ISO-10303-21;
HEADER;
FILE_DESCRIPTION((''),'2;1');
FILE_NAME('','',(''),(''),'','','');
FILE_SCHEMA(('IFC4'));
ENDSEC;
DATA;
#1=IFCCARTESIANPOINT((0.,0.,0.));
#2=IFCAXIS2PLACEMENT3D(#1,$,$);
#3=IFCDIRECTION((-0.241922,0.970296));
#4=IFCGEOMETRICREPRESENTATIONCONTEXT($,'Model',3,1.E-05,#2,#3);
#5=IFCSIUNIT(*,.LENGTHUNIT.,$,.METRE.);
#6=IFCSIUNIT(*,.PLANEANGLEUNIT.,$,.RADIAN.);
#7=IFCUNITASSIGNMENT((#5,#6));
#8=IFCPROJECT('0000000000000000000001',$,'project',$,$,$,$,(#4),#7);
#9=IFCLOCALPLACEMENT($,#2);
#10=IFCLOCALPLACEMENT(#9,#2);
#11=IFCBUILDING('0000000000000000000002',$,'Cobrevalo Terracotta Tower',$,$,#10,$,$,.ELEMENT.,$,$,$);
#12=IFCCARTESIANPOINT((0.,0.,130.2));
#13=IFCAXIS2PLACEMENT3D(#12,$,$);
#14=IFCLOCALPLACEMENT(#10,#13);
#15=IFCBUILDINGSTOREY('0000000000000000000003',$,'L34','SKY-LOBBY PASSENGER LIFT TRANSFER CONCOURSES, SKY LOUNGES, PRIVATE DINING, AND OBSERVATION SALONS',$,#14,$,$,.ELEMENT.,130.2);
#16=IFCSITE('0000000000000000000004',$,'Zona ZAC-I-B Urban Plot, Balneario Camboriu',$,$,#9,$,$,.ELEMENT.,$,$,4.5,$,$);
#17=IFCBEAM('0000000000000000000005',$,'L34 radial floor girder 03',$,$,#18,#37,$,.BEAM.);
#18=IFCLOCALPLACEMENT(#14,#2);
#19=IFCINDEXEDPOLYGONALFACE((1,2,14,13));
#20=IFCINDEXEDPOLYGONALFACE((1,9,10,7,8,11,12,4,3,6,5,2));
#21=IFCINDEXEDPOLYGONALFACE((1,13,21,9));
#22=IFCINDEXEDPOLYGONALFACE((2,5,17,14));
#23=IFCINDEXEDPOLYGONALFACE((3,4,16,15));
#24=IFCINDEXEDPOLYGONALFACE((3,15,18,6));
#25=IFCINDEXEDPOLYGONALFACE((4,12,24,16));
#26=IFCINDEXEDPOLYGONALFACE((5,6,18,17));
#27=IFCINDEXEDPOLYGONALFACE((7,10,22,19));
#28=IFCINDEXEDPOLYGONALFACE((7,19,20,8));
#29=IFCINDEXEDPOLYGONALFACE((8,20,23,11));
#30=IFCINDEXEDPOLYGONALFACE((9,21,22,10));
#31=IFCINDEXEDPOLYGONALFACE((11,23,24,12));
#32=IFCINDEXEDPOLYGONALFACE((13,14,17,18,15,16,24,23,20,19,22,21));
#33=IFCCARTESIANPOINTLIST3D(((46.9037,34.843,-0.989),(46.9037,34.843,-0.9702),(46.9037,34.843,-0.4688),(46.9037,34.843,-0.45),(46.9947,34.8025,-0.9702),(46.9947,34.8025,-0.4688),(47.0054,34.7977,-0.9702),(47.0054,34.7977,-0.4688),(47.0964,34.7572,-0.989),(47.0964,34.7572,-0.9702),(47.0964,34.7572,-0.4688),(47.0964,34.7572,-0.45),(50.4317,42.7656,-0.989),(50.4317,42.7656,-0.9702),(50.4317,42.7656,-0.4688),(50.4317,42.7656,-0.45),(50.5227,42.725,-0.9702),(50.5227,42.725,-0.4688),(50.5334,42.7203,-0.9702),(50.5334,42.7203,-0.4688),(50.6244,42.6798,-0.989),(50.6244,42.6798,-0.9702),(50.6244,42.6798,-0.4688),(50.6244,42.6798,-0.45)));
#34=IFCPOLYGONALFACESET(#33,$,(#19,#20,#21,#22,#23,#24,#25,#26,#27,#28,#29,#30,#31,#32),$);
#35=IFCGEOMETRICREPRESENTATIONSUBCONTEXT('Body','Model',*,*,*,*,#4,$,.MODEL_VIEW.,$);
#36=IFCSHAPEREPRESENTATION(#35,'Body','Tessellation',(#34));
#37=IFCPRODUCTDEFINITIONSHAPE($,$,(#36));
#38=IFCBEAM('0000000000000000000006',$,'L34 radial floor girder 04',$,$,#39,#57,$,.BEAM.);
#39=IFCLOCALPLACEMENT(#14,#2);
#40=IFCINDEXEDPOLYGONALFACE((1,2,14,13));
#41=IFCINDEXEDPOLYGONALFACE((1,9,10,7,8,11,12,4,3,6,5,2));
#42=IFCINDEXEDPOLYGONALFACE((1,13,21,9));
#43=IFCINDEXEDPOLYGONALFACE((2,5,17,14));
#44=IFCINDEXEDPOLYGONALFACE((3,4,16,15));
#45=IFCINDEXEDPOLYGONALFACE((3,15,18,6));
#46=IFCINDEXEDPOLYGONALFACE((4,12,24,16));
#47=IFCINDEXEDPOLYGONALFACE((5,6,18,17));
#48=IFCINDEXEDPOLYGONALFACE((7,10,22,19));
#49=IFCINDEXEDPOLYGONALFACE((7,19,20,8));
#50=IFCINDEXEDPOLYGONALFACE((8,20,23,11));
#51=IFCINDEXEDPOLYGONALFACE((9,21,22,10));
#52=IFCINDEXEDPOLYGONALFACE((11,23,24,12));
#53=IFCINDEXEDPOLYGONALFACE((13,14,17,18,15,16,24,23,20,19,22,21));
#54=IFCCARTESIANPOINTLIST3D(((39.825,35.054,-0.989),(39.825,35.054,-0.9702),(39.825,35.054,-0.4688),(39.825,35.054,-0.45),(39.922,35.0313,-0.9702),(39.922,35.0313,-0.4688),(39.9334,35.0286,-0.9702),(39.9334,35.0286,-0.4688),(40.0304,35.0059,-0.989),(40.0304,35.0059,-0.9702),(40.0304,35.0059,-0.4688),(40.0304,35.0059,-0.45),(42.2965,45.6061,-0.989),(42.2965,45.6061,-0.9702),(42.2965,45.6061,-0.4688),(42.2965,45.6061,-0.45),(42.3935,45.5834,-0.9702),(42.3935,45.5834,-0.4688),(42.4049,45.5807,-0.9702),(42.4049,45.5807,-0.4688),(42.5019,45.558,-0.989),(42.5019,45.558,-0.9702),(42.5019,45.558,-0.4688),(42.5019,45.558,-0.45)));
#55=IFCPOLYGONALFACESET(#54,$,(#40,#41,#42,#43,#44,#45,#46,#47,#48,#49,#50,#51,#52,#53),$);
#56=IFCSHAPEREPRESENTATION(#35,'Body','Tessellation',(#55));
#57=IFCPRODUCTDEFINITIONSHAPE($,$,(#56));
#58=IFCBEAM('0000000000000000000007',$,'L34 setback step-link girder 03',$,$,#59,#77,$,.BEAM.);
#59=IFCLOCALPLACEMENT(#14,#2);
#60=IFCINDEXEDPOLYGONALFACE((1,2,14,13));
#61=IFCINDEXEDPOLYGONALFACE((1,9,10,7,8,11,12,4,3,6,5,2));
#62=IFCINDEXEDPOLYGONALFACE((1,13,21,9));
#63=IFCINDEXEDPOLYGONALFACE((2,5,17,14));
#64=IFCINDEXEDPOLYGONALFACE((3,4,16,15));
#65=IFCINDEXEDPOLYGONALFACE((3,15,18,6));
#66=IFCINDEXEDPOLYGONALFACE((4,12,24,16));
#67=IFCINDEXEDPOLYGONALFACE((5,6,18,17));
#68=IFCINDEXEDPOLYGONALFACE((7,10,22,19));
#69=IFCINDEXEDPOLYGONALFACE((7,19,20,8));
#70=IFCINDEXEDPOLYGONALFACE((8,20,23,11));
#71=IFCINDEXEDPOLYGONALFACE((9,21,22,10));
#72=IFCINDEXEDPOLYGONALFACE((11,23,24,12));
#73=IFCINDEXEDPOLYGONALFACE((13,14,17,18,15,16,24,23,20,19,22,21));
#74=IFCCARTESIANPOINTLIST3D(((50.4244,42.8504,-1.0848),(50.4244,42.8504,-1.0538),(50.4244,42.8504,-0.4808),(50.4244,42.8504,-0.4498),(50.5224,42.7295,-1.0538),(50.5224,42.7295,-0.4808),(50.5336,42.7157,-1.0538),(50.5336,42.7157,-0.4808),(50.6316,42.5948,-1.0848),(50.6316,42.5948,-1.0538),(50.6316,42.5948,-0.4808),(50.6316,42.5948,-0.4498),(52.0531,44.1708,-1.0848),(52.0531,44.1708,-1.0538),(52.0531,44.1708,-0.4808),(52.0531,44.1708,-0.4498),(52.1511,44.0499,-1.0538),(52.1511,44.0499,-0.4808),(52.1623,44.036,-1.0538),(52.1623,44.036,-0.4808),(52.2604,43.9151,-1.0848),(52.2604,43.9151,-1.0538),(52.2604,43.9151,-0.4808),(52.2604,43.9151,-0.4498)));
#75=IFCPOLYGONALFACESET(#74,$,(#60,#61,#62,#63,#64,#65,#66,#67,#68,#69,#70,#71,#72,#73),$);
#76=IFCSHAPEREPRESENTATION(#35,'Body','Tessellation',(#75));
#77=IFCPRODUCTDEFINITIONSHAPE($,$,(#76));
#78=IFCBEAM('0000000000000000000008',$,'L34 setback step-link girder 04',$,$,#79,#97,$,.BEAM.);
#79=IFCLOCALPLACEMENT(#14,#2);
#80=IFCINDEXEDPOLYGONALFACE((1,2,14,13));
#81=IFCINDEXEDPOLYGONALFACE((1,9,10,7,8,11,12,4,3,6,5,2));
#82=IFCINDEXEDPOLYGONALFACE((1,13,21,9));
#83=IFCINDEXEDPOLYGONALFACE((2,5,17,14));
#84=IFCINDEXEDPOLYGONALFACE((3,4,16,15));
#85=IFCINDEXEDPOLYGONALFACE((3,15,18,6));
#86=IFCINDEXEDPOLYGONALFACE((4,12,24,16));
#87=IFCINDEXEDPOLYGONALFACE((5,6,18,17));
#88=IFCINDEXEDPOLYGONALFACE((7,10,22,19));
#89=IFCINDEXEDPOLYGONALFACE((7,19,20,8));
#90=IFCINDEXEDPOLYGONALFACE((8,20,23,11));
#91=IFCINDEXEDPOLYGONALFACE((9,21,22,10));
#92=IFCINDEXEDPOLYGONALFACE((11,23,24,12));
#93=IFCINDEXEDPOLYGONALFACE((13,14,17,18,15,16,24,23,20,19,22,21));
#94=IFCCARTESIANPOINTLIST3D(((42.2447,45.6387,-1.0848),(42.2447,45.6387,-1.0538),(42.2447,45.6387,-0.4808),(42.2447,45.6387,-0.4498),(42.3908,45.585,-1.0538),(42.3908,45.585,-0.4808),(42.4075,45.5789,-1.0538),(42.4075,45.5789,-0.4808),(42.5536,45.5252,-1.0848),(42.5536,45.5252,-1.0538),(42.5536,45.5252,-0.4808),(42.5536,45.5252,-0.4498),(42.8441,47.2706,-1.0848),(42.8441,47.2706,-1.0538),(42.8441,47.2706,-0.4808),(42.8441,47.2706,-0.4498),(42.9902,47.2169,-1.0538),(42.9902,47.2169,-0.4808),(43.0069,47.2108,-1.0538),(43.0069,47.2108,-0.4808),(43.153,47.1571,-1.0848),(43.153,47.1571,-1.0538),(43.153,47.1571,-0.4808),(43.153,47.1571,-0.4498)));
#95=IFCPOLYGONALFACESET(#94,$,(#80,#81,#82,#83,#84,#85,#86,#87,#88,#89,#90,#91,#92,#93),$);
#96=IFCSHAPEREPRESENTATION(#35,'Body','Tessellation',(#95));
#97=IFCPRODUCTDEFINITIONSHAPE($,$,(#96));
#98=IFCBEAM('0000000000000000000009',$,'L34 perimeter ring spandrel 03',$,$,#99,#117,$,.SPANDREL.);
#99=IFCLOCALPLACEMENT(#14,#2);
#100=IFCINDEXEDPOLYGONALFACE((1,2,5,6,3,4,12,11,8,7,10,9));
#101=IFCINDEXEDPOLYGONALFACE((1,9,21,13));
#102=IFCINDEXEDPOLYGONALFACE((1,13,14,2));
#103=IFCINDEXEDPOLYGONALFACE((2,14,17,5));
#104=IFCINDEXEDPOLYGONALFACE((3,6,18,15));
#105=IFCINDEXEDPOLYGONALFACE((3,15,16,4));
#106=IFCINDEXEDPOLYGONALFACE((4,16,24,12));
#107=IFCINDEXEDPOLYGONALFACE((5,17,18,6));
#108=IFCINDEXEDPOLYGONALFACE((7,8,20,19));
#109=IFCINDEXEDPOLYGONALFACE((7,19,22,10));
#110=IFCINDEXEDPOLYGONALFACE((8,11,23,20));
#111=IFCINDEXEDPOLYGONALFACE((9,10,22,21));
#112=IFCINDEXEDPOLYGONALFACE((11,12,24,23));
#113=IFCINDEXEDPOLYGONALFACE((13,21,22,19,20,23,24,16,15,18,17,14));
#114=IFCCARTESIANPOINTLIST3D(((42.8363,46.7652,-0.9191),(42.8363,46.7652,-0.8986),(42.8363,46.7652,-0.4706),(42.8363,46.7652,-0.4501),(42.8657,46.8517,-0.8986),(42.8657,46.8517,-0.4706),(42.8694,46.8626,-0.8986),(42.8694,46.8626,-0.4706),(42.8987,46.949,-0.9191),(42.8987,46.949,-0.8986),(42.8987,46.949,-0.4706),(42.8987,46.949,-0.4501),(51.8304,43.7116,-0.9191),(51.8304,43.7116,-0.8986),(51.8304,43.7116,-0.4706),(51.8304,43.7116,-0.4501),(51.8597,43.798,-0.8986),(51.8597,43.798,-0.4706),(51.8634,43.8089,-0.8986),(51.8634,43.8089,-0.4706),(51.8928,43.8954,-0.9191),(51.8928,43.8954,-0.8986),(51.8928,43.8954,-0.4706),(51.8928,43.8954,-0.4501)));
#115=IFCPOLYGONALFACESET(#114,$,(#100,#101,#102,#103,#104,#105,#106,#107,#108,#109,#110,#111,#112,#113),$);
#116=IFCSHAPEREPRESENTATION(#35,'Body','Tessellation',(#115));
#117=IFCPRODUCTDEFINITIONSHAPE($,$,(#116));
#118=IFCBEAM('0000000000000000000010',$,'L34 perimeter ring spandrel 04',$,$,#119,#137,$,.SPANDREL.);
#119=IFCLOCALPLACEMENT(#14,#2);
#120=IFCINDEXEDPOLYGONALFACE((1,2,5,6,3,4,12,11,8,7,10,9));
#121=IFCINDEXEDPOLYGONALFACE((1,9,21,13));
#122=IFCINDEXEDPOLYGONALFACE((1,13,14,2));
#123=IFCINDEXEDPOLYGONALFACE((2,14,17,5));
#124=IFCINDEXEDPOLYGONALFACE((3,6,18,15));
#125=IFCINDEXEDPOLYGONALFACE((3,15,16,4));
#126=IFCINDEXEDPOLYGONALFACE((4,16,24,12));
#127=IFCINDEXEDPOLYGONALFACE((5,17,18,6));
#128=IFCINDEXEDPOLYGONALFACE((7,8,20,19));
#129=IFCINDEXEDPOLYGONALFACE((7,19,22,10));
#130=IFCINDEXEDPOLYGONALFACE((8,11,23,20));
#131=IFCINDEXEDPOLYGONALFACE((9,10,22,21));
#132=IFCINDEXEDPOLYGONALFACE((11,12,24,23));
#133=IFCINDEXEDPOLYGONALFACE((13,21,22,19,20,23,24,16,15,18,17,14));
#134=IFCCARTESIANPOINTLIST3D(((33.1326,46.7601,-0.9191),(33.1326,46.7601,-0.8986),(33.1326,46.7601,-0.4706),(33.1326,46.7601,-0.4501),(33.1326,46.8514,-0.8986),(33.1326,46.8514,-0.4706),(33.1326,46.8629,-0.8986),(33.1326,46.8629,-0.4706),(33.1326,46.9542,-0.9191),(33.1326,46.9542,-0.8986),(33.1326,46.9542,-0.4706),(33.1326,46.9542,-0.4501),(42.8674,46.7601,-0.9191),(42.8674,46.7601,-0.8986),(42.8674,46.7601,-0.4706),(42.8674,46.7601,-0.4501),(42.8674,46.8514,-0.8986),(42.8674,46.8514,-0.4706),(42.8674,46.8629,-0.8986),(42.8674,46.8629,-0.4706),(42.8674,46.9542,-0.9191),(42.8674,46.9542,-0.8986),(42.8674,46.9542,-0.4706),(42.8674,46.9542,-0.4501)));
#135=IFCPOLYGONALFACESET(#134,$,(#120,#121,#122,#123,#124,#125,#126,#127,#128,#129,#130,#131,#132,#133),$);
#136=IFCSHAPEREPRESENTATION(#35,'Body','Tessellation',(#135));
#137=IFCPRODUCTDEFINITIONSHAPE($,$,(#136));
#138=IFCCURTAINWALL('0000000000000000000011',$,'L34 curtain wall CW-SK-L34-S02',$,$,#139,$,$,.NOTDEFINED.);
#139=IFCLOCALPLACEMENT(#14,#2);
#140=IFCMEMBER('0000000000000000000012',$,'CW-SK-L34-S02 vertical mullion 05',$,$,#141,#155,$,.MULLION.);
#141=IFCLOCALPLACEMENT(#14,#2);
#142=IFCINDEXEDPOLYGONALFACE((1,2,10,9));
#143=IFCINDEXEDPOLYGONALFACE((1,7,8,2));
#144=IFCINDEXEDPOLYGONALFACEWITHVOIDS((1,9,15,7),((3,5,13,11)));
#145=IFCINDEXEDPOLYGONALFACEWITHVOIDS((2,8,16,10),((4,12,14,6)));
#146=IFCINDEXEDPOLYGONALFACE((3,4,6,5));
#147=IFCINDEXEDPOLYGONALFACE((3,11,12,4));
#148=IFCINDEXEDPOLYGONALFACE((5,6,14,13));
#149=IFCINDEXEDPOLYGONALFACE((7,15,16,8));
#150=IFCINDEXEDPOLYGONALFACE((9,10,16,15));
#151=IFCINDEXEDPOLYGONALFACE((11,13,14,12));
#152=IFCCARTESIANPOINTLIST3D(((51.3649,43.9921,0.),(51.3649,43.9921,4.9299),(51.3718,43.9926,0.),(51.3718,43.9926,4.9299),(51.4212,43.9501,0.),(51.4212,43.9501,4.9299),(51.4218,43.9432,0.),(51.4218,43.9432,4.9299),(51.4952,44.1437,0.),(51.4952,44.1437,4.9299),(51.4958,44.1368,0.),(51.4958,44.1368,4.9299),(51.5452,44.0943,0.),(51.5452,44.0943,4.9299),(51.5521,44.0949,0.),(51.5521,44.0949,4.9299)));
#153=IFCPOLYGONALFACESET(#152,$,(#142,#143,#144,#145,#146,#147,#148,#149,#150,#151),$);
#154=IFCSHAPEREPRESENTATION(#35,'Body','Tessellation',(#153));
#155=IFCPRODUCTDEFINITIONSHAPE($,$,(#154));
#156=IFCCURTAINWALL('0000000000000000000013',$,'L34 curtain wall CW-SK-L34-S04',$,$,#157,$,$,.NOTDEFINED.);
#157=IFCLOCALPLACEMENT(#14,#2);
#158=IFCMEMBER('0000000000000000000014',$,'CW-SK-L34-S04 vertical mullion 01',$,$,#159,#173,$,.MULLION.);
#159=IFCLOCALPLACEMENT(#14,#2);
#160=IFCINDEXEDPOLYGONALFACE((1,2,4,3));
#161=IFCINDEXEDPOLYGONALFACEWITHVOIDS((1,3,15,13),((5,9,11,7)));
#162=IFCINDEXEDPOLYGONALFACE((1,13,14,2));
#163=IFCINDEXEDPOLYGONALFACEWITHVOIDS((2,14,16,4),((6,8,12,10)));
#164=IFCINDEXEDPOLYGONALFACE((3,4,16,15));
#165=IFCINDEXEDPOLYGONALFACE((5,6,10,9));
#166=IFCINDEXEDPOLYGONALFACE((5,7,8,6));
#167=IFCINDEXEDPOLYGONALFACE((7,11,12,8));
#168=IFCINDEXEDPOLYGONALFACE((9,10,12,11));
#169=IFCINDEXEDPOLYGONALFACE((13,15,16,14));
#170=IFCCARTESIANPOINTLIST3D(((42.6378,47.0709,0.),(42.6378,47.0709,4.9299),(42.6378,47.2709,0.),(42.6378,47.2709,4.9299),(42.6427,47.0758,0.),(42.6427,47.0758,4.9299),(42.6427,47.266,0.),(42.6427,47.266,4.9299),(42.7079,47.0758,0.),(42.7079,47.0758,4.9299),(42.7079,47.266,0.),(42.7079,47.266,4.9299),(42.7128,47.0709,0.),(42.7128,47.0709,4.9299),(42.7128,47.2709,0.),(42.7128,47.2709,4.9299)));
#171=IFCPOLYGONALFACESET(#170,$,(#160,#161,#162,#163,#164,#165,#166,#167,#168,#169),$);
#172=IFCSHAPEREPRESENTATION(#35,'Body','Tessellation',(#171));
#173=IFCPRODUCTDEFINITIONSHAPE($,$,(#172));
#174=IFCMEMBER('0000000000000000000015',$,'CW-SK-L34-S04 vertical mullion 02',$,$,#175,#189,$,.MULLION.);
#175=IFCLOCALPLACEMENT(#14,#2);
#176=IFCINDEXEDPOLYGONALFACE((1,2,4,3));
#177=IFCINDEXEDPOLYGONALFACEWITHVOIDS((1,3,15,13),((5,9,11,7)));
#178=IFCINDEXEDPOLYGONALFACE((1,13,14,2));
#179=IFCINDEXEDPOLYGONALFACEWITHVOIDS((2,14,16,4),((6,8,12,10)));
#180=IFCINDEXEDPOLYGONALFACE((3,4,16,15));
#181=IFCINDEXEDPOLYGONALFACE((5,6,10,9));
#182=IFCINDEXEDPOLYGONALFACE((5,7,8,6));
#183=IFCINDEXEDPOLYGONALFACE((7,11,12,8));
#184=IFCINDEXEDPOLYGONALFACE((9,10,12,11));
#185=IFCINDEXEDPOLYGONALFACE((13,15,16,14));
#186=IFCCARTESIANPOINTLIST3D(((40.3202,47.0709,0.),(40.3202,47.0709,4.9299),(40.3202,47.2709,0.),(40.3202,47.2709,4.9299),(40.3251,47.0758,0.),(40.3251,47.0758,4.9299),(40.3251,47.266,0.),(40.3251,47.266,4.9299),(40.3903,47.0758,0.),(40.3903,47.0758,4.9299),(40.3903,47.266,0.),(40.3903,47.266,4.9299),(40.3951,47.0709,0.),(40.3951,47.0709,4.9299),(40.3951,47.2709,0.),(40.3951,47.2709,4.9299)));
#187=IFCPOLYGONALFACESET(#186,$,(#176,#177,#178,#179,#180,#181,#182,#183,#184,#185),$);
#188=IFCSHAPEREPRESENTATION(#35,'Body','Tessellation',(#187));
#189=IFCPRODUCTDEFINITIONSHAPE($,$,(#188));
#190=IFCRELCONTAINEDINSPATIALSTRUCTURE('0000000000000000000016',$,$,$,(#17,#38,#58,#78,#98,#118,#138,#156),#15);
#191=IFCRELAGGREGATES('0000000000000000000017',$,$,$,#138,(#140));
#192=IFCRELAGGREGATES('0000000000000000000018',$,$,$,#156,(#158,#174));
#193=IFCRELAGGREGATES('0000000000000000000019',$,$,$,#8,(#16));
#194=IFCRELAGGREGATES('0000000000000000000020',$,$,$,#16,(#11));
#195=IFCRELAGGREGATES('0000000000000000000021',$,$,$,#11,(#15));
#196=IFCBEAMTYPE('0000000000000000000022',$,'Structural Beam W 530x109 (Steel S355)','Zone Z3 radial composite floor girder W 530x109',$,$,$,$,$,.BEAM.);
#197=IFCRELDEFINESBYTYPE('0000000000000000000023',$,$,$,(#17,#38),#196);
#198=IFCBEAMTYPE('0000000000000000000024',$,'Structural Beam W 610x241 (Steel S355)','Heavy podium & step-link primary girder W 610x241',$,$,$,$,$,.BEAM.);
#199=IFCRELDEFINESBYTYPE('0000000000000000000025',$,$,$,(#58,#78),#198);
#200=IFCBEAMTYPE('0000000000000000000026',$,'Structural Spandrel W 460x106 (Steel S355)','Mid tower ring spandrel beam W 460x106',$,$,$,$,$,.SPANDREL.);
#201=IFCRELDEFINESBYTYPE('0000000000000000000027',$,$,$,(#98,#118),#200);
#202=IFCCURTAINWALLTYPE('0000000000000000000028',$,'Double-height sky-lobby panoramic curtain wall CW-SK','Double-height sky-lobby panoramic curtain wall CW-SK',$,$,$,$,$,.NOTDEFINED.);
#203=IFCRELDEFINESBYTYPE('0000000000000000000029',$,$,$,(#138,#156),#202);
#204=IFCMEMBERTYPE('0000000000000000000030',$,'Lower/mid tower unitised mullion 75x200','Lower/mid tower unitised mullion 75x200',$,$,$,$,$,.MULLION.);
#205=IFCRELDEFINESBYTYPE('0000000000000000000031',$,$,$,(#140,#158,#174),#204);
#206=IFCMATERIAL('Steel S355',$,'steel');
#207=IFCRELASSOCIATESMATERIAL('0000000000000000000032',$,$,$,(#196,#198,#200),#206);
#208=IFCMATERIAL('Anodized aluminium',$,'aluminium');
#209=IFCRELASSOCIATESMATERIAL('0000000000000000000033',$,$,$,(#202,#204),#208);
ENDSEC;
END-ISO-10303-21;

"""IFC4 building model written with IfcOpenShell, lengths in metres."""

from ifc_helpers import new_model, si_unit, direction, frame, origin, origin_2d, place, context, subcontext, project, spatial, hollow_rectangle, i_section, extrude, source, transform, mapped, material, material_profile, profile_set, type_object, element, aggregate, save


model = new_model("IFC4")

# Units and contexts
model_context = context("Model", 3, precision=1e-05, world=origin(), true_north=direction((-0.241922, 0.970296)))
body_context = subcontext(model_context, "Body", "Model", "MODEL_VIEW")
ifc_project = project(units=[si_unit("LENGTHUNIT", "METRE"), si_unit("PLANEANGLEUNIT", "RADIAN")], contexts=[model_context])

# Site, building, storey
site_placement = place(None, origin())
site = spatial("IfcSite", under=ifc_project, at=site_placement, Name="Zona ZAC-I-B Urban Plot, Balneario Camboriu", CompositionType="ELEMENT", RefElevation=4.5)
building_placement = place(site_placement, origin())
building = spatial("IfcBuilding", under=site, at=building_placement, Name="Cobrevalo Terracotta Tower", CompositionType="ELEMENT")
storey_placement = place(building_placement, frame((0.0, 0.0, 130.2)))
storey = spatial("IfcBuildingStorey", under=building, at=storey_placement, Name="L34", Description="SKY-LOBBY PASSENGER LIFT TRANSFER CONCOURSES, SKY LOUNGES, PRIVATE DINING, AND OBSERVATION SALONS", CompositionType="ELEMENT", Elevation=130.2)

# Shared definitions
ifc_material_1 = material(Name="Steel S355", Category="steel")

# Beams
ifc_material_profile_1 = material_profile(ifc_material_1, i_section(OverallWidth=0.2109, OverallDepth=0.5391, WebThickness=0.0117, FlangeThickness=0.0188, at=origin_2d()), Name="W 530x109")
ifc_profile_set_1 = profile_set([ifc_material_profile_1], Name="Steel S355")
beam_type_1 = type_object("IfcBeamType", Name="Structural Beam W 530x109 (Steel S355)", Description="Zone Z3 radial composite floor girder W 530x109", PredefinedType="BEAM", material=ifc_profile_set_1)
beam_1_placement = place(storey_placement, frame((50.5281, 42.7227, -0.7195), z_axis=(-0.406804, -0.913515, 0.0), x_axis=(0.913515, -0.406804, 0.0)))
element("IfcBeam", 1, at=beam_1_placement, inside=storey, type_object=beam_type_1, Name="L34 radial floor girder 03", PredefinedType="BEAM", context=body_context, shape_type="SweptSolid", body=[
    extrude(i_section(OverallWidth=0.2109, OverallDepth=0.5391, WebThickness=0.0117, FlangeThickness=0.0188, at=origin_2d()), origin(), (0.0, 0.0, 1.0), 8.6726),
])
beam_2_placement = place(storey_placement, frame((42.3992, 45.582, -0.7195), z_axis=(-0.228044, -0.973651, 0.0), x_axis=(0.973651, -0.228044, 0.0)))
element("IfcBeam", 2, at=beam_2_placement, inside=storey, type_object=beam_type_1, Name="L34 radial floor girder 04", PredefinedType="BEAM", context=body_context, shape_type="SweptSolid", body=[
    extrude(i_section(OverallWidth=0.2109, OverallDepth=0.5391, WebThickness=0.0117, FlangeThickness=0.0188, at=origin_2d()), origin(), (0.0, 0.0, 1.0), 10.8376),
])
ifc_material_profile_2 = material_profile(ifc_material_1, i_section(OverallWidth=0.3291, OverallDepth=0.635, WebThickness=0.0178, FlangeThickness=0.031, at=origin_2d()), Name="W 610x241")
ifc_profile_set_2 = profile_set([ifc_material_profile_2], Name="Steel S355")
beam_type_2 = type_object("IfcBeamType", Name="Structural Beam W 610x241 (Steel S355)", Description="Heavy podium & step-link primary girder W 610x241", PredefinedType="BEAM", material=ifc_profile_set_2)
beam_3_placement = place(storey_placement, frame((52.1567, 44.043, -0.7673), z_axis=(-0.776808, -0.629737, 0.0), x_axis=(0.629737, -0.776808, 0.0)))
element("IfcBeam", 3, at=beam_3_placement, inside=storey, type_object=beam_type_2, Name="L34 setback step-link girder 03", PredefinedType="BEAM", context=body_context, shape_type="SweptSolid", body=[
    extrude(i_section(OverallWidth=0.3291, OverallDepth=0.635, WebThickness=0.0178, FlangeThickness=0.031, at=origin_2d()), origin(), (0.0, 0.0, 1.0), 2.0967),
])
beam_4_placement = place(storey_placement, frame((42.9985, 47.2139, -0.7673), z_axis=(-0.344775, -0.938686, 0.0), x_axis=(0.938686, -0.344775, 0.0)))
element("IfcBeam", 4, at=beam_4_placement, inside=storey, type_object=beam_type_2, Name="L34 setback step-link girder 04", PredefinedType="BEAM", context=body_context, shape_type="SweptSolid", body=[
    extrude(i_section(OverallWidth=0.3291, OverallDepth=0.635, WebThickness=0.0178, FlangeThickness=0.031, at=origin_2d()), origin(), (0.0, 0.0, 1.0), 1.7385),
])
ifc_material_profile_3 = material_profile(ifc_material_1, i_section(OverallWidth=0.1941, OverallDepth=0.469, WebThickness=0.0115, FlangeThickness=0.0205, at=origin_2d()), Name="W 460x106")
ifc_profile_set_3 = profile_set([ifc_material_profile_3], Name="Steel S355")
beam_type_3 = type_object("IfcBeamType", Name="Structural Spandrel W 460x106 (Steel S355)", Description="Mid tower ring spandrel beam W 460x106", PredefinedType="SPANDREL", material=ifc_profile_set_3)
beam_5_placement = place(storey_placement, frame((51.8616, 43.8035, -0.6846), z_axis=(-0.946911, 0.321497, 0.0), x_axis=(-0.321497, -0.946911, 0.0)))
element("IfcBeam", 5, at=beam_5_placement, inside=storey, type_object=beam_type_3, Name="L34 perimeter ring spandrel 03", PredefinedType="SPANDREL", context=body_context, shape_type="SweptSolid", body=[
    extrude(i_section(OverallWidth=0.1941, OverallDepth=0.469, WebThickness=0.0115, FlangeThickness=0.0205, at=origin_2d()), origin(), (0.0, 0.0, 1.0), 9.4983),
])
beam_6_placement = place(storey_placement, frame((42.8674, 46.8572, -0.6846), z_axis=(-1.0, 0.0, 0.0), x_axis=(0.0, -1.0, 0.0)))
element("IfcBeam", 6, at=beam_6_placement, inside=storey, type_object=beam_type_3, Name="L34 perimeter ring spandrel 04", PredefinedType="SPANDREL", context=body_context, shape_type="SweptSolid", body=[
    extrude(i_section(OverallWidth=0.1941, OverallDepth=0.469, WebThickness=0.0115, FlangeThickness=0.0205, at=origin_2d()), origin(), (0.0, 0.0, 1.0), 9.7349),
])

# Curtain wall, member
ifc_material_2 = material(Name="Anodized aluminium", Category="aluminium")
curtain_wall_type = type_object("IfcCurtainWallType", Name="Double-height sky-lobby panoramic curtain wall CW-SK", Description="Double-height sky-lobby panoramic curtain wall CW-SK", PredefinedType="NOTDEFINED", material=ifc_material_2)
curtain_wall_1_placement = place(storey_placement, origin())
curtain_wall_1 = element("IfcCurtainWall", 7, at=curtain_wall_1_placement, inside=storey, type_object=curtain_wall_type, Name="L34 curtain wall CW-SK-L34-S02", PredefinedType="NOTDEFINED")
ifc_material_profile_4 = material_profile(ifc_material_2, hollow_rectangle(XDim=0.075, YDim=0.2, WallThickness=0.0049, at=origin_2d()), Name="CWM 75x200")
ifc_profile_set_4 = profile_set([ifc_material_profile_4], Name="Anodized aluminium")
member_type_1 = type_object("IfcMemberType", Name="Lower/mid tower unitised mullion 75x200", Description="Lower/mid tower unitised mullion 75x200", PredefinedType="MULLION", material=ifc_profile_set_4)
shared_shape_1 = source(origin(), body_context, "Body", "SweptSolid", [
    extrude(hollow_rectangle(XDim=0.075, YDim=0.2, WallThickness=0.0049, at=origin_2d()), origin(), (0.0, 0.0, 1.0), 4.9299),
])
member_1_placement = place(storey_placement, frame((51.4585, 44.0435, 0.0), z_axis=(0.0, 0.0, 1.0), x_axis=(-0.758442, 0.651741, 0.0)))
member_1 = element("IfcMember", 8, at=member_1_placement, type_object=member_type_1, Name="CW-SK-L34-S02 vertical mullion 05", PredefinedType="MULLION", context=body_context, shape_type="MappedRepresentation", body=[
    mapped(shared_shape_1, transform((0.0, 0.0, 0.0), scale=1.0)),
])

# Curtain wall, members
curtain_wall_2_placement = place(storey_placement, origin())
curtain_wall_2 = element("IfcCurtainWall", 9, at=curtain_wall_2_placement, inside=storey, type_object=curtain_wall_type, Name="L34 curtain wall CW-SK-L34-S04", PredefinedType="NOTDEFINED")
member_2_placement = place(storey_placement, frame((42.6753, 47.1709, 0.0), z_axis=(0.0, 0.0, 1.0), x_axis=(-1.0, 0.0, 0.0)))
member_2 = element("IfcMember", 10, at=member_2_placement, type_object=member_type_1, Name="CW-SK-L34-S04 vertical mullion 01", PredefinedType="MULLION", context=body_context, shape_type="MappedRepresentation", body=[
    mapped(shared_shape_1, transform((0.0, 0.0, 0.0), scale=1.0)),
])
member_3_placement = place(storey_placement, frame((40.3577, 47.1709, 0.0), z_axis=(0.0, 0.0, 1.0), x_axis=(-1.0, 0.0, 0.0)))
member_3 = element("IfcMember", 11, at=member_3_placement, type_object=member_type_1, Name="CW-SK-L34-S04 vertical mullion 02", PredefinedType="MULLION", context=body_context, shape_type="MappedRepresentation", body=[
    mapped(shared_shape_1, transform((0.0, 0.0, 0.0), scale=1.0)),
])

aggregate(curtain_wall_1, [member_1])
aggregate(curtain_wall_2, [member_2, member_3])

save(model, "model.ifc")
